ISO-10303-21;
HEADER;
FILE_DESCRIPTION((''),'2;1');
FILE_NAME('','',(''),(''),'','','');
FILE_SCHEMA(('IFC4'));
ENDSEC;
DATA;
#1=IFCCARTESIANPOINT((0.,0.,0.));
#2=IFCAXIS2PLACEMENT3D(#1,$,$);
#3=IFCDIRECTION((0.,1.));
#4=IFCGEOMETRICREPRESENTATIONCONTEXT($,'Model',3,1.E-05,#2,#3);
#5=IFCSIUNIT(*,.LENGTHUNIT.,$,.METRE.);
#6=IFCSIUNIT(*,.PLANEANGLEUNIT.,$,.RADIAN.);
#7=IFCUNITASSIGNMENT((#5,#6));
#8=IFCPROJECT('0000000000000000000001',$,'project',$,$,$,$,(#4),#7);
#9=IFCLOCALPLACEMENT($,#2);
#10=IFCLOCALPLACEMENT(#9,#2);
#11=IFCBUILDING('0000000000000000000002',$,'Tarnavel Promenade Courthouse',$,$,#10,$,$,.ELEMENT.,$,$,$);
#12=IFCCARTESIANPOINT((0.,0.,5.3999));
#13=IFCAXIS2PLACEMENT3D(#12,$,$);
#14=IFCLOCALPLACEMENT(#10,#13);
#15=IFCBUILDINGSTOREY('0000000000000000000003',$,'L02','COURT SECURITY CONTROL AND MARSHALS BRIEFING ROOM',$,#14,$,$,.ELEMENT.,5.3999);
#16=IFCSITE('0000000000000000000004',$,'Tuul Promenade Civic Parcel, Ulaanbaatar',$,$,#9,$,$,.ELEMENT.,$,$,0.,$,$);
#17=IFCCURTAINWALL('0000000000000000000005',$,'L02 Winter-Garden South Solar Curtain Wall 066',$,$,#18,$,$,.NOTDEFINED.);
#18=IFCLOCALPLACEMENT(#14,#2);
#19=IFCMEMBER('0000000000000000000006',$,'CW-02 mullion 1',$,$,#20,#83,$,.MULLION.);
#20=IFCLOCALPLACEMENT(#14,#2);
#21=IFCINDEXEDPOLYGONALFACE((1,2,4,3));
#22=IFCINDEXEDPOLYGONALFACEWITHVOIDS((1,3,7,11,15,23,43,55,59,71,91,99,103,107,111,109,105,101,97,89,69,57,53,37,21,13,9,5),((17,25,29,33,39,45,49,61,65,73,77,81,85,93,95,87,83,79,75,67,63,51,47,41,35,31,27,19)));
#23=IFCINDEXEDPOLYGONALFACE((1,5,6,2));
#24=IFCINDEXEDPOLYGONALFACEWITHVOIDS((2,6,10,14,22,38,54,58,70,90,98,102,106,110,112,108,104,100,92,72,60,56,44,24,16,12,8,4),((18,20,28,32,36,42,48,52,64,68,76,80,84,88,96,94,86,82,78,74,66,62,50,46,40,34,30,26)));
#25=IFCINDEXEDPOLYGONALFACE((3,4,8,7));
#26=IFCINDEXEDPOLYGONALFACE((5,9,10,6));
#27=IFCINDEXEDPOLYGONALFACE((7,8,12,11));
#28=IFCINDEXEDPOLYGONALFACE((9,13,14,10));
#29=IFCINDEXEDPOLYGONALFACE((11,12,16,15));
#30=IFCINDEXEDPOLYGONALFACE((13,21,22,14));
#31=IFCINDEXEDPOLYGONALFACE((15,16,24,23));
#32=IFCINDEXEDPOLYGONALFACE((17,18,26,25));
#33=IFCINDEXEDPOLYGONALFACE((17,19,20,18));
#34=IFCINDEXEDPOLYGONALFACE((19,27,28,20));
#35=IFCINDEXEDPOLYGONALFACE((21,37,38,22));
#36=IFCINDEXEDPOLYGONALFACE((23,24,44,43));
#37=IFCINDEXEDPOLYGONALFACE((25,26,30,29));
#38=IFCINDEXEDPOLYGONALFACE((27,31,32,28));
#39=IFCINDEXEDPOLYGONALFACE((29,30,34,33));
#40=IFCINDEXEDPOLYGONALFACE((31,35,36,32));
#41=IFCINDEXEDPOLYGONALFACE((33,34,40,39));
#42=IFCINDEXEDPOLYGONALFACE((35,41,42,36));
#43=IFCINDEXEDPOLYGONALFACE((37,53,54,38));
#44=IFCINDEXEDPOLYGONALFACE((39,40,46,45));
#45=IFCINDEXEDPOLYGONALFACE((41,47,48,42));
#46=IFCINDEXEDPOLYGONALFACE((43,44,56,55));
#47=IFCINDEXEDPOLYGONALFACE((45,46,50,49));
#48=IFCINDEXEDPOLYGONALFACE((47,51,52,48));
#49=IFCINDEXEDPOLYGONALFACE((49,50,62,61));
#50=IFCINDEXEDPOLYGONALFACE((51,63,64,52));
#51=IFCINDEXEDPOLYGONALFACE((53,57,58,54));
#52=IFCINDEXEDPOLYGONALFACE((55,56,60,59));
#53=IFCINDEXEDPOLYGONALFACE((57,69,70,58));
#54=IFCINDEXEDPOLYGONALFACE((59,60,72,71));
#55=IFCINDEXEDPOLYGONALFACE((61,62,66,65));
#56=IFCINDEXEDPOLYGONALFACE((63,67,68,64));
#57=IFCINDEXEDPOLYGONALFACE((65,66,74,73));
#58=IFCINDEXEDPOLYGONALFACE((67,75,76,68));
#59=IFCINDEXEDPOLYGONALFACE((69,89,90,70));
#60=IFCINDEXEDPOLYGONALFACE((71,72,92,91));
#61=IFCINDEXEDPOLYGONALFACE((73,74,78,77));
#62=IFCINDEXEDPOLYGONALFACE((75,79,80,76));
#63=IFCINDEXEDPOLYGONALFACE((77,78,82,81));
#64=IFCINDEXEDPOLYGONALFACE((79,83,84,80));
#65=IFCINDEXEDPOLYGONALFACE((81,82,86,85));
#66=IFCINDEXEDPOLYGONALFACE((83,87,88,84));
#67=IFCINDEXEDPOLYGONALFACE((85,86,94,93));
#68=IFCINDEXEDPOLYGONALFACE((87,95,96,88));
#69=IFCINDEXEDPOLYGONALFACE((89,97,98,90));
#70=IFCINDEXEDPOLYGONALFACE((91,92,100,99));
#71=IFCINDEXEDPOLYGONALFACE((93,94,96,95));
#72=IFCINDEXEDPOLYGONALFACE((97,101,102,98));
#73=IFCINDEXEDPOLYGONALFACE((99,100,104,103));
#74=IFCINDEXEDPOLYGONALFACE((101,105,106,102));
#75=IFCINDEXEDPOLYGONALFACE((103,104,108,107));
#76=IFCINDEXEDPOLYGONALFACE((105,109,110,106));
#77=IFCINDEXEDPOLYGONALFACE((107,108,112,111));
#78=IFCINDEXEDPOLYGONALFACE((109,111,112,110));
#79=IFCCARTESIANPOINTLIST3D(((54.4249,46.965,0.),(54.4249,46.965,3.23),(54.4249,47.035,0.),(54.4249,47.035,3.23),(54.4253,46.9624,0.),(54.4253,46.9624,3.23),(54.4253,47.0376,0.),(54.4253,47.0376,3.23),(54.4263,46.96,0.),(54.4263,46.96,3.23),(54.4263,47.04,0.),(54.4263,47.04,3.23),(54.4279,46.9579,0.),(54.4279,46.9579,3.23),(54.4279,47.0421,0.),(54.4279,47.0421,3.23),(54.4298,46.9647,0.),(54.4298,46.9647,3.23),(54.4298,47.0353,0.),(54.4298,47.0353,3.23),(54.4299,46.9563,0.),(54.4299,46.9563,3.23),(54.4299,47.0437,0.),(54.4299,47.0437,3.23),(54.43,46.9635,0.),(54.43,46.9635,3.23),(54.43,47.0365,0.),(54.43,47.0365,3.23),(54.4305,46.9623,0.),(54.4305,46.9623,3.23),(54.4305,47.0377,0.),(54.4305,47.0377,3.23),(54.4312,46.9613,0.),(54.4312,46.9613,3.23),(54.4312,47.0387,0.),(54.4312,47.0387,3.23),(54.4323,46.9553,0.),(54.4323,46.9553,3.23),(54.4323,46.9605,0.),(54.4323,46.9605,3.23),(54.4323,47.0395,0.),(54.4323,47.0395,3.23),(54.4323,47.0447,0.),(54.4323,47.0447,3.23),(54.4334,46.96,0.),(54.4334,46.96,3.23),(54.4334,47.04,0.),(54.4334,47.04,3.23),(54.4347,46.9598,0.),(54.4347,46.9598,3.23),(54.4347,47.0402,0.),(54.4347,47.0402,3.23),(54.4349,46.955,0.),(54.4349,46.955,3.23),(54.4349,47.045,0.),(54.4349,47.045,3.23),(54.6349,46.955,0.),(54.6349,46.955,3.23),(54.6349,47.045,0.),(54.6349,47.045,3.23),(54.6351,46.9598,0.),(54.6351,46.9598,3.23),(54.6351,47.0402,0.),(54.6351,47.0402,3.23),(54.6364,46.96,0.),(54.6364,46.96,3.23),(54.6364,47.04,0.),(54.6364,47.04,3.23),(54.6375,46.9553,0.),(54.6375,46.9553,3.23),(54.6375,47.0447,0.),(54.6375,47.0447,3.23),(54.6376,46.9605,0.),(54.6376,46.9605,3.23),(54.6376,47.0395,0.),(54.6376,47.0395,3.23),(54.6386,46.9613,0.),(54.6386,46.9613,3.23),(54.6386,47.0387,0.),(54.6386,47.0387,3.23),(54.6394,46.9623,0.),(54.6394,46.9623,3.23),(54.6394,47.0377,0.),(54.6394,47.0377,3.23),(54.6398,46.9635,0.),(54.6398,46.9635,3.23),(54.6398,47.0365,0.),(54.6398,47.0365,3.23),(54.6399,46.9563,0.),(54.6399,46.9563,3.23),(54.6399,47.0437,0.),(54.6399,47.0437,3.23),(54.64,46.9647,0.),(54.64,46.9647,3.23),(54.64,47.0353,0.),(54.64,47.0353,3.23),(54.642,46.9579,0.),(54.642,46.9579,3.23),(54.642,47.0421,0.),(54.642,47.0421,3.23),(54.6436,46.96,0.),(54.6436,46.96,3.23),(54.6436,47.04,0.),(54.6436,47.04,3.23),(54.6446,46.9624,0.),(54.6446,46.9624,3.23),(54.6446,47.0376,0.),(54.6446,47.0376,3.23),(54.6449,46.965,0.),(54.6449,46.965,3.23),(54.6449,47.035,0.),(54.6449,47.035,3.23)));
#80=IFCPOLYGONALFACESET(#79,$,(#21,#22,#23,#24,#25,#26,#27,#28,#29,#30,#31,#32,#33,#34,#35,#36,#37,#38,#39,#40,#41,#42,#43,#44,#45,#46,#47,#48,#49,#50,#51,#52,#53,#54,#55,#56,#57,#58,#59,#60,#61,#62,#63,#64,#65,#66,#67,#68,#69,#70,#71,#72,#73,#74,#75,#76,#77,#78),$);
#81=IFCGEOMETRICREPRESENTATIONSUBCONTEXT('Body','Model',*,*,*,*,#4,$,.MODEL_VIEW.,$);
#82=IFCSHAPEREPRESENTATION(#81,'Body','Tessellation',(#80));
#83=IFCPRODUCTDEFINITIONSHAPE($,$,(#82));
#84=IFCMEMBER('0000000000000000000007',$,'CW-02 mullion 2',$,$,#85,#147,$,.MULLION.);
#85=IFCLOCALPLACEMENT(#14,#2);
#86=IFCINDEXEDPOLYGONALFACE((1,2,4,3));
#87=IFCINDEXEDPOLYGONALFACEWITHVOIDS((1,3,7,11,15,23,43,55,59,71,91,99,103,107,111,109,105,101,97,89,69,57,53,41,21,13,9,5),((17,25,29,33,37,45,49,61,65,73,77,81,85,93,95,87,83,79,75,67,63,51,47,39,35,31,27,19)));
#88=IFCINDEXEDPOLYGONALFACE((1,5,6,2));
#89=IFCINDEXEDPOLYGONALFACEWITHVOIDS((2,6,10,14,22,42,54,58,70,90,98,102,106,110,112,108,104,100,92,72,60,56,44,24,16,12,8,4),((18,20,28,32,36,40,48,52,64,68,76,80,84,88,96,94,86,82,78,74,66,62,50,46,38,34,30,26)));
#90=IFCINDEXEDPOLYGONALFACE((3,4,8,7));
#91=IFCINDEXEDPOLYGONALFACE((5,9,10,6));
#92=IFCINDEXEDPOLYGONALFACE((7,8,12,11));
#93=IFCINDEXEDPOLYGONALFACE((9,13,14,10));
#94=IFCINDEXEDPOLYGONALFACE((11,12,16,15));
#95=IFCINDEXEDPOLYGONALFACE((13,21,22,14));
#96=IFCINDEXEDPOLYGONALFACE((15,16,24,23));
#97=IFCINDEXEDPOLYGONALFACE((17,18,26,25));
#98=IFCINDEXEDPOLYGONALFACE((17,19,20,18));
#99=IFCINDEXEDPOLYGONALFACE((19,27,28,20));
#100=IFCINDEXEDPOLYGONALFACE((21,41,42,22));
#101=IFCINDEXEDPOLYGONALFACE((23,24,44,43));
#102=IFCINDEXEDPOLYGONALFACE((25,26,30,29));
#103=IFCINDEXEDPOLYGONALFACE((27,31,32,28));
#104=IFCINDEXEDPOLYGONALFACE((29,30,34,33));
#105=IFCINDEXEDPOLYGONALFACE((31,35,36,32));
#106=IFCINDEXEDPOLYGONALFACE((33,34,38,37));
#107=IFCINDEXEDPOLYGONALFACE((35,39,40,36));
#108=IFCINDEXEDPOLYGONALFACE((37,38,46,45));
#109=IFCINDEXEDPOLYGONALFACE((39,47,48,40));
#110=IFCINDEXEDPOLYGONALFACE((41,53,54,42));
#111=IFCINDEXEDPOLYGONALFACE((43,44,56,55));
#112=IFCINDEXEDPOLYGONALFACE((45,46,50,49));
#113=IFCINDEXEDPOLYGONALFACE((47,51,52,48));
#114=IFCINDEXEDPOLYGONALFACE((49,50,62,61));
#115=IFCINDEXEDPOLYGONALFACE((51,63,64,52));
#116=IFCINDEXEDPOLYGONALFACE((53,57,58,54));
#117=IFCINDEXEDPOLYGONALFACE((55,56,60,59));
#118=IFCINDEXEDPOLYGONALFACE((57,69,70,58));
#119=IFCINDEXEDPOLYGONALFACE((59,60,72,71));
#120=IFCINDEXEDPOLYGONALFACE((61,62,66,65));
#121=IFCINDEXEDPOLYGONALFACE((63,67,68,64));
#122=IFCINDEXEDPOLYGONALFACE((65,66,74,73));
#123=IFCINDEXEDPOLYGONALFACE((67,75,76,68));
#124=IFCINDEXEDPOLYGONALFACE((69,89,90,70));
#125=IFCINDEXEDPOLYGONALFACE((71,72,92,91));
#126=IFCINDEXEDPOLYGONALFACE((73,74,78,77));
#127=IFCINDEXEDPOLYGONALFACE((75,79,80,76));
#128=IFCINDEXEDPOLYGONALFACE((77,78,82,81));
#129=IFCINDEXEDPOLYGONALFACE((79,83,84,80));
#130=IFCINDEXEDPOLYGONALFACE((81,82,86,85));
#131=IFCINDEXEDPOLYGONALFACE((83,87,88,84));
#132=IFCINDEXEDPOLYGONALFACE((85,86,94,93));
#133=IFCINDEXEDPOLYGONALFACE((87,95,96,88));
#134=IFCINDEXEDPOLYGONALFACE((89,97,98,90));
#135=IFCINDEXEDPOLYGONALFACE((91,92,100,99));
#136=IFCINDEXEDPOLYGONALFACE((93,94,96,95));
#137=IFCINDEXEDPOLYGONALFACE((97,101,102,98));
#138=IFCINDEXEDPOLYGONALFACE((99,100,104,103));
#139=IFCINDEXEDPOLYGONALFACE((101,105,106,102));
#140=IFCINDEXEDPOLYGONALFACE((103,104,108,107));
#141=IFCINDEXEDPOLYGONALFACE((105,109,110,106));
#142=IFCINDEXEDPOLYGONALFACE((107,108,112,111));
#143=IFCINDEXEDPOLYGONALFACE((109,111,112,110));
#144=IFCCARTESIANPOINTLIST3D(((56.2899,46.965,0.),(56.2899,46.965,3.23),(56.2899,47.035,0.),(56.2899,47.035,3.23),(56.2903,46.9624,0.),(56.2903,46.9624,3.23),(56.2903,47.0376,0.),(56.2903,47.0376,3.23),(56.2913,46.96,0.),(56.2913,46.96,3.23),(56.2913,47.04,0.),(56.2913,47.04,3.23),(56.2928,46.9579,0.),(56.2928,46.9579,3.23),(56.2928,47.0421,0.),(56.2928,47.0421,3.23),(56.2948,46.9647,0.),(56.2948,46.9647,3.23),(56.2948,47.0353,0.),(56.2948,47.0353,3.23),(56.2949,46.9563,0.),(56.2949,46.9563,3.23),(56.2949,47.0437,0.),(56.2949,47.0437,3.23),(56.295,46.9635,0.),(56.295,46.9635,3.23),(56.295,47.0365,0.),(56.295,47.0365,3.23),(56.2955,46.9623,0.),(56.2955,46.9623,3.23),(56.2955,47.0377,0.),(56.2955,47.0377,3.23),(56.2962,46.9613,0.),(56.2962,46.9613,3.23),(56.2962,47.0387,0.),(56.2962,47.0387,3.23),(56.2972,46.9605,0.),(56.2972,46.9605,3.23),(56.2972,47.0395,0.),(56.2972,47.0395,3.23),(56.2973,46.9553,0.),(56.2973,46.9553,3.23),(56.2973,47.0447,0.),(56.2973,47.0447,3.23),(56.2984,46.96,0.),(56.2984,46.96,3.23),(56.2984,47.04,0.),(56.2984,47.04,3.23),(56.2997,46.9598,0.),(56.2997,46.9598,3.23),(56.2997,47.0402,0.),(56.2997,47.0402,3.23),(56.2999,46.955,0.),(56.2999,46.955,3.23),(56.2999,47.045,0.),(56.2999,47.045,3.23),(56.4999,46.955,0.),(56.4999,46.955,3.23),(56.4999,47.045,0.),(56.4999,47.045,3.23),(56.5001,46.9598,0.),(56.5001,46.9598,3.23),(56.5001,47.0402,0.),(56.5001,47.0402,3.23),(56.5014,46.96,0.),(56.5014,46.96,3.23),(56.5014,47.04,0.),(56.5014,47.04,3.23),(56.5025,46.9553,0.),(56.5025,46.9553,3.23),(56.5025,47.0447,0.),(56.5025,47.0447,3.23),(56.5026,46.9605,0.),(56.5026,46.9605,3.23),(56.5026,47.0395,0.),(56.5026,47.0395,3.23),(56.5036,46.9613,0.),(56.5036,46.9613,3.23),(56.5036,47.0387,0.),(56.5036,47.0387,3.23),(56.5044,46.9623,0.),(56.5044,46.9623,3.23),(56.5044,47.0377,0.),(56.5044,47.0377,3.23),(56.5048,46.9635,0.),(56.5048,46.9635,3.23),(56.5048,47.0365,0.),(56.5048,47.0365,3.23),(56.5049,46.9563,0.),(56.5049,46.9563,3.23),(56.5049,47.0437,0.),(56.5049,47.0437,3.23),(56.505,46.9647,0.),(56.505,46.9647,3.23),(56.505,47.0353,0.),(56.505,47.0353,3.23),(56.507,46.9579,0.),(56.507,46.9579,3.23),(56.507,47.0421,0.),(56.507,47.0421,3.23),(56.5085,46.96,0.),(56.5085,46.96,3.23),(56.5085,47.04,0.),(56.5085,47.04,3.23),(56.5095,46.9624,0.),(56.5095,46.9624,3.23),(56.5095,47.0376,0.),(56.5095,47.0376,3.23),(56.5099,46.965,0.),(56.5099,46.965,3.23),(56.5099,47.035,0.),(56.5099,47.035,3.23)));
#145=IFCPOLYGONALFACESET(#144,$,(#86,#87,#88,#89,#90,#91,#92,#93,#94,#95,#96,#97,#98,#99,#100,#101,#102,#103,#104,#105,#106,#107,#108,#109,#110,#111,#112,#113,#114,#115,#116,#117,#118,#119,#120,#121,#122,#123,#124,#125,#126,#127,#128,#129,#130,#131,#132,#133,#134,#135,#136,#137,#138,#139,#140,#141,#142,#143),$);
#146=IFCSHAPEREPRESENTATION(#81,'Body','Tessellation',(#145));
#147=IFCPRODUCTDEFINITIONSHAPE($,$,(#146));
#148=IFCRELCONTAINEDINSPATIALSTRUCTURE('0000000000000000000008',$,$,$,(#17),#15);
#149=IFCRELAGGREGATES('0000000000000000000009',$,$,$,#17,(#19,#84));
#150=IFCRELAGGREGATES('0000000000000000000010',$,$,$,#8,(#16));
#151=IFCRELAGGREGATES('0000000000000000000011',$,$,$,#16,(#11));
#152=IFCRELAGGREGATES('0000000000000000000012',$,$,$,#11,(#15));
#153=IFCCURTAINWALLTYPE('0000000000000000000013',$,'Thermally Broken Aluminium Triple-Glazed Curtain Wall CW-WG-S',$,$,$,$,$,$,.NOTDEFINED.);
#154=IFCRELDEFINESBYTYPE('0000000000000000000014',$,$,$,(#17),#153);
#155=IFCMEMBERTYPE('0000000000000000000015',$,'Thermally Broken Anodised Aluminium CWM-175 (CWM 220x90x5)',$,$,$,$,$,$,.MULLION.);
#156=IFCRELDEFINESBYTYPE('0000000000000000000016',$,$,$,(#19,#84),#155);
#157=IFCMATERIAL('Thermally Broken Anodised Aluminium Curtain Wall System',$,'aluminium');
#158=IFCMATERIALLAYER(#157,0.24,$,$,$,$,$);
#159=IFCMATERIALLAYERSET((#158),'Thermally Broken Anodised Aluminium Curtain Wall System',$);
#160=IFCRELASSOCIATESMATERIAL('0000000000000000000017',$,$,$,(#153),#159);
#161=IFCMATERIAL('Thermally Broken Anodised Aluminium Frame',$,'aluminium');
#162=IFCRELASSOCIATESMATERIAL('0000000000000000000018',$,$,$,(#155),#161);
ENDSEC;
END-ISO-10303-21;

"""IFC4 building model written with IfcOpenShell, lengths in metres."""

from ifc_helpers import new_model, si_unit, direction, frame, origin, origin_2d, place, context, subcontext, project, spatial, hollow_rectangle, extrude, material, layer, layer_set, material_profile, profile_set, type_object, element, aggregate, save


model = new_model("IFC4")

# Units and contexts
model_context = context("Model", 3, precision=1e-05, world=origin(), true_north=direction((0.0, 1.0)))
body_context = subcontext(model_context, "Body", "Model", "MODEL_VIEW")
ifc_project = project(units=[si_unit("LENGTHUNIT", "METRE"), si_unit("PLANEANGLEUNIT", "RADIAN")], contexts=[model_context])

# Site, building, storey
site_placement = place(None, origin())
site = spatial("IfcSite", under=ifc_project, at=site_placement, Name="Tuul Promenade Civic Parcel, Ulaanbaatar", CompositionType="ELEMENT", RefElevation=0.0)
building_placement = place(site_placement, origin())
building = spatial("IfcBuilding", under=site, at=building_placement, Name="Tarnavel Promenade Courthouse", CompositionType="ELEMENT")
storey_placement = place(building_placement, frame((0.0, 0.0, 5.3999)))
storey = spatial("IfcBuildingStorey", under=building, at=storey_placement, Name="L02", Description="COURT SECURITY CONTROL AND MARSHALS BRIEFING ROOM", CompositionType="ELEMENT", Elevation=5.3999)

# Curtain wall, members
ifc_material_1 = material(Name="Thermally Broken Anodised Aluminium Curtain Wall System", Category="aluminium")
ifc_layer_1 = layer(ifc_material_1, 0.24)
ifc_layer_set_1 = layer_set([ifc_layer_1], Name="Thermally Broken Anodised Aluminium Curtain Wall System")
curtain_wall_type = type_object("IfcCurtainWallType", Name="Thermally Broken Aluminium Triple-Glazed Curtain Wall CW-WG-S", PredefinedType="NOTDEFINED", material=ifc_layer_set_1)
ifc_material_2 = material(Name="Thermally Broken Anodised Aluminium Frame", Category="aluminium")
ifc_material_profile_1 = material_profile(ifc_material_2, hollow_rectangle(XDim=0.0901, YDim=0.22, WallThickness=0.0049, InnerFilletRadius=0.0049, OuterFilletRadius=0.01, at=origin_2d()), Name="CWM 220x90x5")
ifc_profile_set_1 = profile_set([ifc_material_profile_1], Name="Thermally Broken Anodised Aluminium Frame")
member_type_1 = type_object("IfcMemberType", Name="Thermally Broken Anodised Aluminium CWM-175 (CWM 220x90x5)", PredefinedType="MULLION", material=ifc_profile_set_1)
curtain_wall_1_placement = place(storey_placement, origin())
curtain_wall_1 = element("IfcCurtainWall", 1, at=curtain_wall_1_placement, inside=storey, type_object=curtain_wall_type, Name="L02 Winter-Garden South Solar Curtain Wall 066", PredefinedType="NOTDEFINED")
member_1_placement = place(storey_placement, frame((54.5349, 47.0, 0.0), z_axis=(0.0, 0.0, 1.0), x_axis=(0.0, 1.0, 0.0)))
member_1 = element("IfcMember", 2, at=member_1_placement, type_object=member_type_1, Name="CW-02 mullion 1", PredefinedType="MULLION", context=body_context, shape_type="SweptSolid", body=[
    extrude(hollow_rectangle(XDim=0.0901, YDim=0.22, WallThickness=0.0049, InnerFilletRadius=0.0049, OuterFilletRadius=0.01, at=origin_2d()), origin(), (0.0, 0.0, 1.0), 3.23),
])
member_2_placement = place(storey_placement, frame((56.3999, 47.0, 0.0), z_axis=(0.0, 0.0, 1.0), x_axis=(0.0, 1.0, 0.0)))
member_2 = element("IfcMember", 3, at=member_2_placement, type_object=member_type_1, Name="CW-02 mullion 2", PredefinedType="MULLION", context=body_context, shape_type="SweptSolid", body=[
    extrude(hollow_rectangle(XDim=0.0901, YDim=0.22, WallThickness=0.0049, InnerFilletRadius=0.0049, OuterFilletRadius=0.01, at=origin_2d()), origin(), (0.0, 0.0, 1.0), 3.23),
])

aggregate(curtain_wall_1, [member_1, member_2])

save(model, "model.ifc")
